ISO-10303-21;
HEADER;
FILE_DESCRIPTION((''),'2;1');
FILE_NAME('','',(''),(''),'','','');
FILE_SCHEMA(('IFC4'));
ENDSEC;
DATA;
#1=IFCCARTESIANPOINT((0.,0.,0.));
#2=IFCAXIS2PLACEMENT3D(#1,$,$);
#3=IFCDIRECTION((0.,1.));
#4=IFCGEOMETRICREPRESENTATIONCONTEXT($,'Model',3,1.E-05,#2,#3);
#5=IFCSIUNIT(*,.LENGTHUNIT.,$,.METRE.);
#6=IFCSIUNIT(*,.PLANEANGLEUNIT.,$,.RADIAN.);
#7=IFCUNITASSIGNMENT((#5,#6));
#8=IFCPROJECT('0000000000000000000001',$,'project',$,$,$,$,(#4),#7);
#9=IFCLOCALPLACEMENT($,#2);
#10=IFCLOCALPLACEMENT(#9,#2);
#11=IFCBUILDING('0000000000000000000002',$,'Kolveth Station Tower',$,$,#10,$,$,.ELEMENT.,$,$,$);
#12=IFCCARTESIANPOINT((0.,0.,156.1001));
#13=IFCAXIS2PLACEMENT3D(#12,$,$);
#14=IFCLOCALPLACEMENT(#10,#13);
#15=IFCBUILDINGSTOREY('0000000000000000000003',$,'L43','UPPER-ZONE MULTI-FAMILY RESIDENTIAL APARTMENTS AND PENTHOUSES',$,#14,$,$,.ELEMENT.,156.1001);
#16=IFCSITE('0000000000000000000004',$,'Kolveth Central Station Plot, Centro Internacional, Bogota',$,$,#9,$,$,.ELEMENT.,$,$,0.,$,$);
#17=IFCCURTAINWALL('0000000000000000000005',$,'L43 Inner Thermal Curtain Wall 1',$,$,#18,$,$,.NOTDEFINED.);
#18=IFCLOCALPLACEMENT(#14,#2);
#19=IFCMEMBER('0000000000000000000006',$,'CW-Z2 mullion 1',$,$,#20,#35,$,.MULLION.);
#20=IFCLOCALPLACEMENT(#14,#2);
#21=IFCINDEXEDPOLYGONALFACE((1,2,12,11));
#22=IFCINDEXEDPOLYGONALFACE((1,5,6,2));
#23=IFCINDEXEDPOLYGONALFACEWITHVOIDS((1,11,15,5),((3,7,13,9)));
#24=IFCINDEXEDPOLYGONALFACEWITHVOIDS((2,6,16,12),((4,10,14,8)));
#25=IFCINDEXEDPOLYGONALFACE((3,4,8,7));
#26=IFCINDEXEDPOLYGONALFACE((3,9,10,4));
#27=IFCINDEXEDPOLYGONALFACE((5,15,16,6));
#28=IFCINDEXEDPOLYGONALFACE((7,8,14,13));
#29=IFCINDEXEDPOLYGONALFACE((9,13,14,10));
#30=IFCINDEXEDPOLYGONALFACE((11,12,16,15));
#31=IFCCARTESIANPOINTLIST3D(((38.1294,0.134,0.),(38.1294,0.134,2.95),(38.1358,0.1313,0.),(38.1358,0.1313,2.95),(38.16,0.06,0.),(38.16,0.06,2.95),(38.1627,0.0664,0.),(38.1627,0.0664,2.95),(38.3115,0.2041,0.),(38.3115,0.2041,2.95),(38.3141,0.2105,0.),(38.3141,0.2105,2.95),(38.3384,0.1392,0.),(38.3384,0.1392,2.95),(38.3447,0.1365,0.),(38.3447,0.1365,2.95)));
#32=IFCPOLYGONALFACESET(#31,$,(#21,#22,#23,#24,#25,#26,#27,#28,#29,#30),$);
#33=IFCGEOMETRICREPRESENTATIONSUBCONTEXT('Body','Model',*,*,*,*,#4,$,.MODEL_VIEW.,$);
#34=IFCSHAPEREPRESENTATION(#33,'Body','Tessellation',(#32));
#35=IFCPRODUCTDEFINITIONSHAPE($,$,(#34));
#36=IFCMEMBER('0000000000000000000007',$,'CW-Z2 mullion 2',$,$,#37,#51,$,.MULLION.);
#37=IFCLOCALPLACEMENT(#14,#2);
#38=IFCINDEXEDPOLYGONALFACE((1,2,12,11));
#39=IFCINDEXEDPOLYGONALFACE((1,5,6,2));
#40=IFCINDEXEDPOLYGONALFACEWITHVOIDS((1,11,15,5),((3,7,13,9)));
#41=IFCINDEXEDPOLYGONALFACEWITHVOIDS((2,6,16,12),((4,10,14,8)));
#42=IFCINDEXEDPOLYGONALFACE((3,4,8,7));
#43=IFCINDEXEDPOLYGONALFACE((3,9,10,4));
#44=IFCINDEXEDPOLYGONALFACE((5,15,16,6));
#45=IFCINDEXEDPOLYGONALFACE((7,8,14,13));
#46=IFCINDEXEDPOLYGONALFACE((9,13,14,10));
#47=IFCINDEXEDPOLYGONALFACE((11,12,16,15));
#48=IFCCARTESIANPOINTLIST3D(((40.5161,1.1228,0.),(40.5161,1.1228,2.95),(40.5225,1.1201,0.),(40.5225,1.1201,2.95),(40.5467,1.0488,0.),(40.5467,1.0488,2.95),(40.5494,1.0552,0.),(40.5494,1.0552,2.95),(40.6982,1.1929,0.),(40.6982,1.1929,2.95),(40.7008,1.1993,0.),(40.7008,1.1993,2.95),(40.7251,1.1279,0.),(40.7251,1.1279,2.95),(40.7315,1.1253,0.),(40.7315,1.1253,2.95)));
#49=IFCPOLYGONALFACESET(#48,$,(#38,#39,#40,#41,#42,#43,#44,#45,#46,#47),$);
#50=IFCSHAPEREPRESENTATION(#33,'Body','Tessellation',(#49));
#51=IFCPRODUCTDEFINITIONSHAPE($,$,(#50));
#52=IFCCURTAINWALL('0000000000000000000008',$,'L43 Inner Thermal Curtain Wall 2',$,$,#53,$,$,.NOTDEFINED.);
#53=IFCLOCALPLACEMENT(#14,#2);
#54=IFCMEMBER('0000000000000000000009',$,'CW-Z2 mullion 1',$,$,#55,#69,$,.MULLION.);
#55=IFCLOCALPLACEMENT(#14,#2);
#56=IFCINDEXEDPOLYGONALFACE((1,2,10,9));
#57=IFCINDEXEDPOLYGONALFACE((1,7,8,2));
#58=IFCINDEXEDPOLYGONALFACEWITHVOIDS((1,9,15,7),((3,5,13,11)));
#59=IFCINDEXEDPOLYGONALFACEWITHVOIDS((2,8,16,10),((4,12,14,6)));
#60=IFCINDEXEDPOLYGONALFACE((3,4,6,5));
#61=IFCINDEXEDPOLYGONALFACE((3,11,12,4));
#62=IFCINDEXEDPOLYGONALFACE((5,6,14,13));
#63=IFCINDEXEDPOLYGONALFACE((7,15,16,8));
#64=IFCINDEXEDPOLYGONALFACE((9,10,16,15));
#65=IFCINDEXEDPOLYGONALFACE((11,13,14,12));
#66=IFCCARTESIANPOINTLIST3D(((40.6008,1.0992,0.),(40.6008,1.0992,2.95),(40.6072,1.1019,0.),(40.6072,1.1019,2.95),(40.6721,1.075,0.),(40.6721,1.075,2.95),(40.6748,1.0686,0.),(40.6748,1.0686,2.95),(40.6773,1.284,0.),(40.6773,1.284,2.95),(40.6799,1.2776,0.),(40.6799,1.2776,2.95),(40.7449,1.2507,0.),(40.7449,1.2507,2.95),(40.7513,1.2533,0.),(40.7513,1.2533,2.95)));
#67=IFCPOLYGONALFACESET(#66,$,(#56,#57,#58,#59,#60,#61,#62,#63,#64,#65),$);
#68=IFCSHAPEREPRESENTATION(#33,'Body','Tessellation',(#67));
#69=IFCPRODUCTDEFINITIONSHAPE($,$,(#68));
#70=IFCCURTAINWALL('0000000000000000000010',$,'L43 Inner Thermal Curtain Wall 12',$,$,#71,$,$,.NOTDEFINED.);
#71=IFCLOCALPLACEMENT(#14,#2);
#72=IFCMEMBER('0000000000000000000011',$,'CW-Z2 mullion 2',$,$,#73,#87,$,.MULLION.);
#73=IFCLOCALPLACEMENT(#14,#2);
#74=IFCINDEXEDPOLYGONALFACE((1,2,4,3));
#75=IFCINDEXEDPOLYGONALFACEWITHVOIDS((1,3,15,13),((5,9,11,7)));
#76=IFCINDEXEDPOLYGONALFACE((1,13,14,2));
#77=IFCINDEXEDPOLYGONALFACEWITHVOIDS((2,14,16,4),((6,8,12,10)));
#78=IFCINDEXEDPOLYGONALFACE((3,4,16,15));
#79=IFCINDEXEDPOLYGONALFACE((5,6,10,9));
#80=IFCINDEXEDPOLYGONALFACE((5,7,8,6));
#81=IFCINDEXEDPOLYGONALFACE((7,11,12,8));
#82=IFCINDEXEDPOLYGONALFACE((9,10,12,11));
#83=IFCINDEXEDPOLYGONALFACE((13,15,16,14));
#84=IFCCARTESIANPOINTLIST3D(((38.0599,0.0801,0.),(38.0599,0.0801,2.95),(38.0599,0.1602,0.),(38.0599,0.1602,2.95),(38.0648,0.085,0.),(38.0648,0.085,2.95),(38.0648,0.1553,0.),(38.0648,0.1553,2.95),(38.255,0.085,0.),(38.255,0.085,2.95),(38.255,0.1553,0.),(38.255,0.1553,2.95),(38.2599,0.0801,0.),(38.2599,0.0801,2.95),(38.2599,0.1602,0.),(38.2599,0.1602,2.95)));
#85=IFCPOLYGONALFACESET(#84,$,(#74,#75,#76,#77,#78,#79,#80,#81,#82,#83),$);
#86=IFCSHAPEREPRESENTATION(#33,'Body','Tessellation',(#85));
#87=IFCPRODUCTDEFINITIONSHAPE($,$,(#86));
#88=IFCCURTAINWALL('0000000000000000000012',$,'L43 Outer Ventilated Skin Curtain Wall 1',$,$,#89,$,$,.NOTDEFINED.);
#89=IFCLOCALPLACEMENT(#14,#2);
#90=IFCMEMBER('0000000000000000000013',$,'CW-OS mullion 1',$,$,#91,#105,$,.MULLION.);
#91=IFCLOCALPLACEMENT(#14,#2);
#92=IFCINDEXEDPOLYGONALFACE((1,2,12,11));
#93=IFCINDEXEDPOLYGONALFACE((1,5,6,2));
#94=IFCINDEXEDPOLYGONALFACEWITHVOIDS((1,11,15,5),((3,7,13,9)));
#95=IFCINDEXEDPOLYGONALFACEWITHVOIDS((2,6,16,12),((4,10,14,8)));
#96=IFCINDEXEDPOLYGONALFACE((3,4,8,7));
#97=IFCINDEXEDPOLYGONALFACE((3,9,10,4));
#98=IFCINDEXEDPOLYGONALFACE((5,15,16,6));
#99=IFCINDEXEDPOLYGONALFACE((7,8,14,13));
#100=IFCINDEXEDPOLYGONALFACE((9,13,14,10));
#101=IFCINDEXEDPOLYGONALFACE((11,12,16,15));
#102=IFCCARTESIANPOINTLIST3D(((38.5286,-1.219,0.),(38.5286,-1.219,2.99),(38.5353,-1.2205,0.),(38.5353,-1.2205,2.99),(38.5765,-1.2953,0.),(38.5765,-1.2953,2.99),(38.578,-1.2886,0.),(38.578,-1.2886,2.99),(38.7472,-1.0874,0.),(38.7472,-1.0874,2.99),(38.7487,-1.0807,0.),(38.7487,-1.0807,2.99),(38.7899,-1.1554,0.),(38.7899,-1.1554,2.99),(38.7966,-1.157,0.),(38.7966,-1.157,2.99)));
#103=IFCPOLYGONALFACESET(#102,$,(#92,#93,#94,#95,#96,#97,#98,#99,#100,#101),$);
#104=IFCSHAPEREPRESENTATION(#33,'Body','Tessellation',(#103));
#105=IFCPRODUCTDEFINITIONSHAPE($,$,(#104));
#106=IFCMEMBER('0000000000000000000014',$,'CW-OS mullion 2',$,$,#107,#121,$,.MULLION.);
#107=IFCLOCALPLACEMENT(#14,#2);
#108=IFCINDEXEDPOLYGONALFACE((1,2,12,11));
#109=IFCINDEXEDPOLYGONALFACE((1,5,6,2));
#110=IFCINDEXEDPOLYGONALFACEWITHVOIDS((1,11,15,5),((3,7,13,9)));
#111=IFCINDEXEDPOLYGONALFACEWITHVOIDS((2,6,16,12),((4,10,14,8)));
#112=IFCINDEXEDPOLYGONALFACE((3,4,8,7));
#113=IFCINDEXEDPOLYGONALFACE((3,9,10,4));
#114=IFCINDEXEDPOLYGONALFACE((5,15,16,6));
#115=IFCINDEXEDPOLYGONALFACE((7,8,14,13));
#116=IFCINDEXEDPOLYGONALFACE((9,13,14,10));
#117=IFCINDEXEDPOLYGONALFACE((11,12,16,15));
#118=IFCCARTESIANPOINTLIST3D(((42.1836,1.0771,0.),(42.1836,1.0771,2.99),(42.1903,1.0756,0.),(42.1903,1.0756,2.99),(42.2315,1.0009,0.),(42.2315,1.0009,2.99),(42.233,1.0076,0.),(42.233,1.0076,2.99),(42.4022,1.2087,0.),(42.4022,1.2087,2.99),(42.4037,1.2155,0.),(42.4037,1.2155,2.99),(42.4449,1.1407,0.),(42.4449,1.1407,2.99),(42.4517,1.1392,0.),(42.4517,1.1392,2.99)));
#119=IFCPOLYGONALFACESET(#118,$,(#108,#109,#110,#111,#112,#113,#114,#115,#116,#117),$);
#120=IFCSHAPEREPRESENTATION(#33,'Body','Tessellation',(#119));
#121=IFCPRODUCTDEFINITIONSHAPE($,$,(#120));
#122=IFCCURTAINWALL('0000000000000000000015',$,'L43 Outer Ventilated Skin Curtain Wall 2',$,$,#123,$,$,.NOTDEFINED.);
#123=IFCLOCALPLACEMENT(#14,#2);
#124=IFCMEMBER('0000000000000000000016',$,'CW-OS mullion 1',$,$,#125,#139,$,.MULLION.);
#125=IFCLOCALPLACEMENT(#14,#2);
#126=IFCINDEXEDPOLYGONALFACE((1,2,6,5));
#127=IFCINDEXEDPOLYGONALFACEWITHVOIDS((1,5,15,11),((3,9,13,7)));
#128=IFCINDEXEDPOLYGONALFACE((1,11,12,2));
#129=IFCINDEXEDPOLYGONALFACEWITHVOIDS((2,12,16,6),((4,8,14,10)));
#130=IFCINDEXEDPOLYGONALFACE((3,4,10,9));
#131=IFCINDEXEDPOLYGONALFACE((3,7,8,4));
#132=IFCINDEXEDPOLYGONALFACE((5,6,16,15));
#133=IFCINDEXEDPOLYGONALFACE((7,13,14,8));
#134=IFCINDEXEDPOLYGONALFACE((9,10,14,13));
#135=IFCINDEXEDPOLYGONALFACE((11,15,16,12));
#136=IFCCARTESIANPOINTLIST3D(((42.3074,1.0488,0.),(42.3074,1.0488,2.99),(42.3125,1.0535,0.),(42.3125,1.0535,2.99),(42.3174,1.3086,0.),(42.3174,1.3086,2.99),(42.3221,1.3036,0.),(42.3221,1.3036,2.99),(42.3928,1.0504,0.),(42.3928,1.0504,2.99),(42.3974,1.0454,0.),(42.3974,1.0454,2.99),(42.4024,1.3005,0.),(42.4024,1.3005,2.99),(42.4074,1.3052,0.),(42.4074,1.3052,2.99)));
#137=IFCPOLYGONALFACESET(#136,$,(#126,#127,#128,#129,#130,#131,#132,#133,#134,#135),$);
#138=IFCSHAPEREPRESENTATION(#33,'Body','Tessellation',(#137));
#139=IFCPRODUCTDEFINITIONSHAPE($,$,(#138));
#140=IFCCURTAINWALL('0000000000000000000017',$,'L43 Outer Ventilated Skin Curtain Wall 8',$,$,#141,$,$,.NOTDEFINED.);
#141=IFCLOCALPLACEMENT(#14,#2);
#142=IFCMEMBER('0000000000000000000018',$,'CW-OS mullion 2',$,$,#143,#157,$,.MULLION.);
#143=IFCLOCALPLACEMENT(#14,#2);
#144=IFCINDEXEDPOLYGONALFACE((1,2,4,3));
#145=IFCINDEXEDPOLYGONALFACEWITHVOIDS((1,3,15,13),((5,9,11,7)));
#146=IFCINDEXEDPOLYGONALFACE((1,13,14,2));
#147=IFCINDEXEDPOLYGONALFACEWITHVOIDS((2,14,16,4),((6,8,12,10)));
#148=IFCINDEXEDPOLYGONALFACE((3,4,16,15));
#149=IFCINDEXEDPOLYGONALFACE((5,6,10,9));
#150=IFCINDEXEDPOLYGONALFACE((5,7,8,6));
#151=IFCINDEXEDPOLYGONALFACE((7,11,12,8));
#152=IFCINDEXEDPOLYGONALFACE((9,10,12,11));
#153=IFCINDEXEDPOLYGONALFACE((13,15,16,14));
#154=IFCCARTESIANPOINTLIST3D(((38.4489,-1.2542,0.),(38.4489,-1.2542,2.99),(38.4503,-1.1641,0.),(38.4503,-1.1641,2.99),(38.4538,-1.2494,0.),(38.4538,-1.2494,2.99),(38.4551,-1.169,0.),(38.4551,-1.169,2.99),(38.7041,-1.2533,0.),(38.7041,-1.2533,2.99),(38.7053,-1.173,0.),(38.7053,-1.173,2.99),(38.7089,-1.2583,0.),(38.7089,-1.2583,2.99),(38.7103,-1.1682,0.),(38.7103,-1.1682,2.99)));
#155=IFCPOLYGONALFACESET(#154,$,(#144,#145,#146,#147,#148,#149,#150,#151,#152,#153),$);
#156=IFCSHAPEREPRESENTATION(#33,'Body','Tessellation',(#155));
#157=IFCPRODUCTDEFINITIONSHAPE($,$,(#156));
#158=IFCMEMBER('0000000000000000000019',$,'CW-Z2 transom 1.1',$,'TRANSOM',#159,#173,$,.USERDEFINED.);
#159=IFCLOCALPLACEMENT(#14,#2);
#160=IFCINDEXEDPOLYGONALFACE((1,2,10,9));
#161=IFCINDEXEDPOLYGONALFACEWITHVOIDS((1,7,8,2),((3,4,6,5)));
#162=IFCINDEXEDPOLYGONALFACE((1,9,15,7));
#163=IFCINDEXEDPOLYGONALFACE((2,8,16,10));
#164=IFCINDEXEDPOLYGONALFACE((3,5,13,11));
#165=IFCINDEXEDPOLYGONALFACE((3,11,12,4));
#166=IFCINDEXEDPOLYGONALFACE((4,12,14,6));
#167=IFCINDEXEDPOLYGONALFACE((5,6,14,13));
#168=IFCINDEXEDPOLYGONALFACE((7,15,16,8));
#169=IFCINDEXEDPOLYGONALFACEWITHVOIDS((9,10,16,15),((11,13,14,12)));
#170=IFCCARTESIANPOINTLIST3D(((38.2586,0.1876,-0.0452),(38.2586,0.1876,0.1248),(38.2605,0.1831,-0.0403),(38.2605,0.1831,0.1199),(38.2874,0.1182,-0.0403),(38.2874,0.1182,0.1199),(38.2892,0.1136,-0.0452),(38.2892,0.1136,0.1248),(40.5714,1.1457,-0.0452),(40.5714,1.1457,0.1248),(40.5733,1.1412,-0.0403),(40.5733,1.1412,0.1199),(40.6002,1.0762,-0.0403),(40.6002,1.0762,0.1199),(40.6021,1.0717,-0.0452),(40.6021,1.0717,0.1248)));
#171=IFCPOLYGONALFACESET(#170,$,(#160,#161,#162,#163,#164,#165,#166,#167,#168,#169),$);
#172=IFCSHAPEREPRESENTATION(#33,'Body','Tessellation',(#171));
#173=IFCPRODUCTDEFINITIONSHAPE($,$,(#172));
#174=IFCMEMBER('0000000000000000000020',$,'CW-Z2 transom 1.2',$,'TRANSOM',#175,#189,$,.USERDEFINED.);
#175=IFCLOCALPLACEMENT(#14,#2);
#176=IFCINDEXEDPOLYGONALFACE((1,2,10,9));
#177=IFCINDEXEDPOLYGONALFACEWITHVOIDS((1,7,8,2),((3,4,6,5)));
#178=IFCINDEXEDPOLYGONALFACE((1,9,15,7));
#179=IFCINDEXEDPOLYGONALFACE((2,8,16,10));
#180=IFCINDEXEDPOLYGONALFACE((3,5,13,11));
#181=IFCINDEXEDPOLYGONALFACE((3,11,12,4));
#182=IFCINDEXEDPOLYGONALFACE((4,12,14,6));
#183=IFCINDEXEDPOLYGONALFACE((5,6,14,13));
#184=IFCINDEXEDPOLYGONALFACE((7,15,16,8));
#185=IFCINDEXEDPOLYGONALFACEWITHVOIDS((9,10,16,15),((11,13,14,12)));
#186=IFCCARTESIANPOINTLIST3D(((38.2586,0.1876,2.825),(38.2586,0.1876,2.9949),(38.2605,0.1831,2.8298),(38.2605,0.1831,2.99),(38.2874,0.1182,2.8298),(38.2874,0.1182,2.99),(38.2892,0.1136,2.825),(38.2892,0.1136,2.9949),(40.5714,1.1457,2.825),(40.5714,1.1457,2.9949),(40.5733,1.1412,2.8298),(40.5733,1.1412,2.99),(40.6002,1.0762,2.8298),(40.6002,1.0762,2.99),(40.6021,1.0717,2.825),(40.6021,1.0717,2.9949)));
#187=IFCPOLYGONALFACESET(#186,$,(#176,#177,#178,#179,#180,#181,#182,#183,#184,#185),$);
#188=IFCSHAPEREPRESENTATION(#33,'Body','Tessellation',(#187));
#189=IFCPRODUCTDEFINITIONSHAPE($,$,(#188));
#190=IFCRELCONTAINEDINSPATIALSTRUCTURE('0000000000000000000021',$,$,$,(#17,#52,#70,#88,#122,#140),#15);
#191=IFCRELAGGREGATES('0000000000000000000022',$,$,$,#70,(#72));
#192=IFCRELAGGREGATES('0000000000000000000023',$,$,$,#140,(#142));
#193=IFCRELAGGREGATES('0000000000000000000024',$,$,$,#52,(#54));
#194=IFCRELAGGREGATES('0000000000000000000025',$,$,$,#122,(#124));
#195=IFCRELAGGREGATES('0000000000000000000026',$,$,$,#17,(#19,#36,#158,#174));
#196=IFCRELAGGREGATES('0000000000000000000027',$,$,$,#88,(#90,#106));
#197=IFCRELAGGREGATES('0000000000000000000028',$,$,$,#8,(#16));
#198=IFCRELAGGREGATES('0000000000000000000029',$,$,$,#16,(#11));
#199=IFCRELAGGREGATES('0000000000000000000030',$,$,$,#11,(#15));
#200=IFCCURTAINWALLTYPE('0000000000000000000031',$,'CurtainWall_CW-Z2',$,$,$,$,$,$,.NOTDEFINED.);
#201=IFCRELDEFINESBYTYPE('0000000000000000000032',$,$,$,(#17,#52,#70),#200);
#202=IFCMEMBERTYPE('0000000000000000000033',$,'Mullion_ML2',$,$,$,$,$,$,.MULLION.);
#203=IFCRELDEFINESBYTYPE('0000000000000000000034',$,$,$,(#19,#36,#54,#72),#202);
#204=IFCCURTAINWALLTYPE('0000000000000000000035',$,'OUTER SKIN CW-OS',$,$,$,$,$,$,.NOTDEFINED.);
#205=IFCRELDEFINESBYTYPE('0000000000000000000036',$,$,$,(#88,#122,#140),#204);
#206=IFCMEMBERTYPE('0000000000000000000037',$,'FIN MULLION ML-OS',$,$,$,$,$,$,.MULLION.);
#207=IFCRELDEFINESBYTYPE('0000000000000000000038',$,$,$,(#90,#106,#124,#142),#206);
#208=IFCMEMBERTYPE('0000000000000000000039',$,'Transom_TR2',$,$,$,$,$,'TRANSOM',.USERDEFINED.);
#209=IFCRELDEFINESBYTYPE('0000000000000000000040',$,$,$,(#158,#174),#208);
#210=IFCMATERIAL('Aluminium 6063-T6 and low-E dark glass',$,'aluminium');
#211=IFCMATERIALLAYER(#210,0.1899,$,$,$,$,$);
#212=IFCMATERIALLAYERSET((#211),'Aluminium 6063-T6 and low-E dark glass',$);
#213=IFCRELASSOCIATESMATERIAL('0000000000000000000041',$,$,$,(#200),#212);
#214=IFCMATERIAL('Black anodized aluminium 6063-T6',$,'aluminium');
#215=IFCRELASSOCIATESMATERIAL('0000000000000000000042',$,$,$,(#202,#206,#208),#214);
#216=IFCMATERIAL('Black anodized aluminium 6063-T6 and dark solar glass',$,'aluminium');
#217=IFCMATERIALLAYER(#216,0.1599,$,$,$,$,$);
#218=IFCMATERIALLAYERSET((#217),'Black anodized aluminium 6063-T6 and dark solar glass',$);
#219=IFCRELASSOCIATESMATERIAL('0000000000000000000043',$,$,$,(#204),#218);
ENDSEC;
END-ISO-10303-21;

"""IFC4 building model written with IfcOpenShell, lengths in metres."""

from ifc_helpers import new_model, si_unit, direction, frame, origin, origin_2d, place, context, subcontext, project, spatial, hollow_rectangle, extrude, source, transform, mapped, material, layer, layer_set, material_profile, profile_set, type_object, element, aggregate, save


model = new_model("IFC4")

# Units and contexts
model_context = context("Model", 3, precision=1e-05, world=origin(), true_north=direction((0.0, 1.0)))
body_context = subcontext(model_context, "Body", "Model", "MODEL_VIEW")
ifc_project = project(units=[si_unit("LENGTHUNIT", "METRE"), si_unit("PLANEANGLEUNIT", "RADIAN")], contexts=[model_context])

# Site, building, storey
site_placement = place(None, origin())
site = spatial("IfcSite", under=ifc_project, at=site_placement, Name="Kolveth Central Station Plot, Centro Internacional, Bogota", CompositionType="ELEMENT", RefElevation=0.0)
building_placement = place(site_placement, origin())
building = spatial("IfcBuilding", under=site, at=building_placement, Name="Kolveth Station Tower", CompositionType="ELEMENT")
storey_placement = place(building_placement, frame((0.0, 0.0, 156.1001)))
storey = spatial("IfcBuildingStorey", under=building, at=storey_placement, Name="L43", Description="UPPER-ZONE MULTI-FAMILY RESIDENTIAL APARTMENTS AND PENTHOUSES", CompositionType="ELEMENT", Elevation=156.1001)

# Curtain wall, members
ifc_material_1 = material(Name="Aluminium 6063-T6 and low-E dark glass", Category="aluminium")
ifc_layer_1 = layer(ifc_material_1, 0.1899)
ifc_layer_set_1 = layer_set([ifc_layer_1], Name="Aluminium 6063-T6 and low-E dark glass")
curtain_wall_type_1 = type_object("IfcCurtainWallType", Name="CurtainWall_CW-Z2", PredefinedType="NOTDEFINED", material=ifc_layer_set_1)
curtain_wall_1_placement = place(storey_placement, origin())
curtain_wall_1 = element("IfcCurtainWall", 1, at=curtain_wall_1_placement, inside=storey, type_object=curtain_wall_type_1, Name="L43 Inner Thermal Curtain Wall 1", PredefinedType="NOTDEFINED")
ifc_material_2 = material(Name="Black anodized aluminium 6063-T6", Category="aluminium")
ifc_material_profile_1 = material_profile(ifc_material_2, hollow_rectangle(XDim=0.0801, YDim=0.2, WallThickness=0.0049, at=origin_2d()), Name="ALU-80x200x5")
ifc_profile_set_1 = profile_set([ifc_material_profile_1], Name="Black anodized aluminium 6063-T6")
member_type_1 = type_object("IfcMemberType", Name="Mullion_ML2", PredefinedType="MULLION", material=ifc_profile_set_1)
shared_shape_1 = source(origin(), body_context, "Body", "SweptSolid", [
    extrude(hollow_rectangle(XDim=0.0801, YDim=0.2, WallThickness=0.0049, at=origin_2d()), origin(), (0.0, 0.0, 1.0), 2.95),
])
member_1_placement = place(storey_placement, frame((38.2371, 0.1353, 0.0), z_axis=(0.0, 0.0, 1.0), x_axis=(-0.382698, 0.923874, 0.0)))
member_1 = element("IfcMember", 2, at=member_1_placement, type_object=member_type_1, Name="CW-Z2 mullion 1", PredefinedType="MULLION", context=body_context, shape_type="MappedRepresentation", body=[
    mapped(shared_shape_1, transform((0.0, 0.0, 0.0), x_axis=(1.0, 0.0, 0.0), y_axis=(0.0, 1.0, 0.0), z_axis=(0.0, 0.0, 1.0), scale=1.0)),
])
member_2_placement = place(storey_placement, frame((40.6238, 1.124, 0.0), z_axis=(0.0, 0.0, 1.0), x_axis=(-0.382698, 0.923874, 0.0)))
member_2 = element("IfcMember", 3, at=member_2_placement, type_object=member_type_1, Name="CW-Z2 mullion 2", PredefinedType="MULLION", context=body_context, shape_type="MappedRepresentation", body=[
    mapped(shared_shape_1, transform((0.0, 0.0, 0.0), x_axis=(1.0, 0.0, 0.0), y_axis=(0.0, 1.0, 0.0), z_axis=(0.0, 0.0, 1.0), scale=1.0)),
])

# Curtain walls, members
curtain_wall_2_placement = place(storey_placement, origin())
curtain_wall_2 = element("IfcCurtainWall", 4, at=curtain_wall_2_placement, inside=storey, type_object=curtain_wall_type_1, Name="L43 Inner Thermal Curtain Wall 2", PredefinedType="NOTDEFINED")
member_3_placement = place(storey_placement, frame((40.676, 1.1763, 0.0), z_axis=(0.0, 0.0, 1.0), x_axis=(-0.923874, 0.382698, 0.0)))
member_3 = element("IfcMember", 5, at=member_3_placement, type_object=member_type_1, Name="CW-Z2 mullion 1", PredefinedType="MULLION", context=body_context, shape_type="MappedRepresentation", body=[
    mapped(shared_shape_1, transform((0.0, 0.0, 0.0), x_axis=(1.0, 0.0, 0.0), y_axis=(0.0, 1.0, 0.0), z_axis=(0.0, 0.0, 1.0), scale=1.0)),
])
curtain_wall_3_placement = place(storey_placement, origin())
curtain_wall_3 = element("IfcCurtainWall", 6, at=curtain_wall_3_placement, inside=storey, type_object=curtain_wall_type_1, Name="L43 Inner Thermal Curtain Wall 12", PredefinedType="NOTDEFINED")
member_4_placement = place(storey_placement, frame((38.1599, 0.1201, 0.0), z_axis=(0.0, 0.0, 1.0), x_axis=(0.0, 1.0, 0.0)))
member_4 = element("IfcMember", 7, at=member_4_placement, type_object=member_type_1, Name="CW-Z2 mullion 2", PredefinedType="MULLION", context=body_context, shape_type="MappedRepresentation", body=[
    mapped(shared_shape_1, transform((0.0, 0.0, 0.0), x_axis=(1.0, 0.0, 0.0), y_axis=(0.0, 1.0, 0.0), z_axis=(0.0, 0.0, 1.0), scale=1.0)),
])
aggregate(curtain_wall_3, [member_4])

# Curtain wall, members
ifc_material_3 = material(Name="Black anodized aluminium 6063-T6 and dark solar glass", Category="aluminium")
ifc_layer_2 = layer(ifc_material_3, 0.1599)
ifc_layer_set_2 = layer_set([ifc_layer_2], Name="Black anodized aluminium 6063-T6 and dark solar glass")
curtain_wall_type_2 = type_object("IfcCurtainWallType", Name="OUTER SKIN CW-OS", PredefinedType="NOTDEFINED", material=ifc_layer_set_2)
curtain_wall_4_placement = place(storey_placement, origin())
curtain_wall_4 = element("IfcCurtainWall", 8, at=curtain_wall_4_placement, inside=storey, type_object=curtain_wall_type_2, Name="L43 Outer Ventilated Skin Curtain Wall 1", PredefinedType="NOTDEFINED")
ifc_material_profile_2 = material_profile(ifc_material_2, hollow_rectangle(XDim=0.0901, YDim=0.26, WallThickness=0.0049, at=origin_2d()), Name="ALU-90x260x5")
ifc_profile_set_2 = profile_set([ifc_material_profile_2], Name="Black anodized aluminium 6063-T6")
member_type_2 = type_object("IfcMemberType", Name="FIN MULLION ML-OS", PredefinedType="MULLION", material=ifc_profile_set_2)
shared_shape_2 = source(origin(), body_context, "Body", "SweptSolid", [
    extrude(hollow_rectangle(XDim=0.0901, YDim=0.26, WallThickness=0.0049, at=origin_2d()), origin(), (0.0, 0.0, 1.0), 2.99),
])
member_5_placement = place(storey_placement, frame((38.6626, -1.188, 0.0), z_axis=(0.0, 0.0, 1.0), x_axis=(-0.531966, 0.846766, 0.0)))
member_5 = element("IfcMember", 9, at=member_5_placement, type_object=member_type_2, Name="CW-OS mullion 1", PredefinedType="MULLION", context=body_context, shape_type="MappedRepresentation", body=[
    mapped(shared_shape_2, transform((0.0, 0.0, 0.0), x_axis=(1.0, 0.0, 0.0), y_axis=(0.0, 1.0, 0.0), z_axis=(0.0, 0.0, 1.0), scale=1.0)),
])
member_6_placement = place(storey_placement, frame((42.3176, 1.1082, 0.0), z_axis=(0.0, 0.0, 1.0), x_axis=(-0.531966, 0.846766, 0.0)))
member_6 = element("IfcMember", 10, at=member_6_placement, type_object=member_type_2, Name="CW-OS mullion 2", PredefinedType="MULLION", context=body_context, shape_type="MappedRepresentation", body=[
    mapped(shared_shape_2, transform((0.0, 0.0, 0.0), x_axis=(1.0, 0.0, 0.0), y_axis=(0.0, 1.0, 0.0), z_axis=(0.0, 0.0, 1.0), scale=1.0)),
])

# Curtain walls, members
curtain_wall_5_placement = place(storey_placement, origin())
curtain_wall_5 = element("IfcCurtainWall", 11, at=curtain_wall_5_placement, inside=storey, type_object=curtain_wall_type_2, Name="L43 Outer Ventilated Skin Curtain Wall 2", PredefinedType="NOTDEFINED")
member_7_placement = place(storey_placement, frame((42.3574, 1.177, 0.0), z_axis=(0.0, 0.0, 1.0), x_axis=(-0.999263, 0.038374, 0.0)))
member_7 = element("IfcMember", 12, at=member_7_placement, type_object=member_type_2, Name="CW-OS mullion 1", PredefinedType="MULLION", context=body_context, shape_type="MappedRepresentation", body=[
    mapped(shared_shape_2, transform((0.0, 0.0, 0.0), x_axis=(1.0, 0.0, 0.0), y_axis=(0.0, 1.0, 0.0), z_axis=(0.0, 0.0, 1.0), scale=1.0)),
])
curtain_wall_6_placement = place(storey_placement, origin())
curtain_wall_6 = element("IfcCurtainWall", 13, at=curtain_wall_6_placement, inside=storey, type_object=curtain_wall_type_2, Name="L43 Outer Ventilated Skin Curtain Wall 8", PredefinedType="NOTDEFINED")
member_8_placement = place(storey_placement, frame((38.5796, -1.2112, 0.0), z_axis=(0.0, 0.0, 1.0), x_axis=(0.015878, 0.999874, 0.0)))
member_8 = element("IfcMember", 14, at=member_8_placement, type_object=member_type_2, Name="CW-OS mullion 2", PredefinedType="MULLION", context=body_context, shape_type="MappedRepresentation", body=[
    mapped(shared_shape_2, transform((0.0, 0.0, 0.0), x_axis=(1.0, 0.0, 0.0), y_axis=(0.0, 1.0, 0.0), z_axis=(0.0, 0.0, 1.0), scale=1.0)),
])
aggregate(curtain_wall_6, [member_8])

# Members
ifc_material_profile_3 = material_profile(ifc_material_2, hollow_rectangle(XDim=0.0801, YDim=0.1699, WallThickness=0.0049, at=origin_2d()), Name="ALU-80x170x5")
ifc_profile_set_3 = profile_set([ifc_material_profile_3], Name="Black anodized aluminium 6063-T6")
member_type_3 = type_object("IfcMemberType", Name="Transom_TR2", ElementType="TRANSOM", PredefinedType="USERDEFINED", material=ifc_profile_set_3)
shared_shape_3 = source(origin(), body_context, "Body", "SweptSolid", [
    extrude(hollow_rectangle(XDim=0.0801, YDim=0.1699, WallThickness=0.0049, at=origin_2d()), origin(), (0.0, 0.0, 1.0), 2.5034),
])
member_9_placement = place(storey_placement, frame((38.2739, 0.1506, 0.0398), z_axis=(0.923874, 0.382696, 0.0), x_axis=(-0.382696, 0.923874, 0.0)))
member_9 = element("IfcMember", 15, at=member_9_placement, type_object=member_type_3, Name="CW-Z2 transom 1.1", ObjectType="TRANSOM", PredefinedType="USERDEFINED", context=body_context, shape_type="MappedRepresentation", body=[
    mapped(shared_shape_3, transform((0.0, 0.0, 0.0), x_axis=(1.0, 0.0, 0.0), y_axis=(0.0, 1.0, 0.0), z_axis=(0.0, 0.0, 1.0), scale=1.0)),
])
member_10_placement = place(storey_placement, frame((38.2739, 0.1506, 2.9099), z_axis=(0.923874, 0.382696, 0.0), x_axis=(-0.382696, 0.923874, 0.0)))
member_10 = element("IfcMember", 16, at=member_10_placement, type_object=member_type_3, Name="CW-Z2 transom 1.2", ObjectType="TRANSOM", PredefinedType="USERDEFINED", context=body_context, shape_type="MappedRepresentation", body=[
    mapped(shared_shape_3, transform((0.0, 0.0, 0.0), x_axis=(1.0, 0.0, 0.0), y_axis=(0.0, 1.0, 0.0), z_axis=(0.0, 0.0, 1.0), scale=1.0)),
])
aggregate(curtain_wall_2, [member_3])
aggregate(curtain_wall_5, [member_7])

aggregate(curtain_wall_1, [member_1, member_2, member_9, member_10])
aggregate(curtain_wall_4, [member_5, member_6])

save(model, "model.ifc")
